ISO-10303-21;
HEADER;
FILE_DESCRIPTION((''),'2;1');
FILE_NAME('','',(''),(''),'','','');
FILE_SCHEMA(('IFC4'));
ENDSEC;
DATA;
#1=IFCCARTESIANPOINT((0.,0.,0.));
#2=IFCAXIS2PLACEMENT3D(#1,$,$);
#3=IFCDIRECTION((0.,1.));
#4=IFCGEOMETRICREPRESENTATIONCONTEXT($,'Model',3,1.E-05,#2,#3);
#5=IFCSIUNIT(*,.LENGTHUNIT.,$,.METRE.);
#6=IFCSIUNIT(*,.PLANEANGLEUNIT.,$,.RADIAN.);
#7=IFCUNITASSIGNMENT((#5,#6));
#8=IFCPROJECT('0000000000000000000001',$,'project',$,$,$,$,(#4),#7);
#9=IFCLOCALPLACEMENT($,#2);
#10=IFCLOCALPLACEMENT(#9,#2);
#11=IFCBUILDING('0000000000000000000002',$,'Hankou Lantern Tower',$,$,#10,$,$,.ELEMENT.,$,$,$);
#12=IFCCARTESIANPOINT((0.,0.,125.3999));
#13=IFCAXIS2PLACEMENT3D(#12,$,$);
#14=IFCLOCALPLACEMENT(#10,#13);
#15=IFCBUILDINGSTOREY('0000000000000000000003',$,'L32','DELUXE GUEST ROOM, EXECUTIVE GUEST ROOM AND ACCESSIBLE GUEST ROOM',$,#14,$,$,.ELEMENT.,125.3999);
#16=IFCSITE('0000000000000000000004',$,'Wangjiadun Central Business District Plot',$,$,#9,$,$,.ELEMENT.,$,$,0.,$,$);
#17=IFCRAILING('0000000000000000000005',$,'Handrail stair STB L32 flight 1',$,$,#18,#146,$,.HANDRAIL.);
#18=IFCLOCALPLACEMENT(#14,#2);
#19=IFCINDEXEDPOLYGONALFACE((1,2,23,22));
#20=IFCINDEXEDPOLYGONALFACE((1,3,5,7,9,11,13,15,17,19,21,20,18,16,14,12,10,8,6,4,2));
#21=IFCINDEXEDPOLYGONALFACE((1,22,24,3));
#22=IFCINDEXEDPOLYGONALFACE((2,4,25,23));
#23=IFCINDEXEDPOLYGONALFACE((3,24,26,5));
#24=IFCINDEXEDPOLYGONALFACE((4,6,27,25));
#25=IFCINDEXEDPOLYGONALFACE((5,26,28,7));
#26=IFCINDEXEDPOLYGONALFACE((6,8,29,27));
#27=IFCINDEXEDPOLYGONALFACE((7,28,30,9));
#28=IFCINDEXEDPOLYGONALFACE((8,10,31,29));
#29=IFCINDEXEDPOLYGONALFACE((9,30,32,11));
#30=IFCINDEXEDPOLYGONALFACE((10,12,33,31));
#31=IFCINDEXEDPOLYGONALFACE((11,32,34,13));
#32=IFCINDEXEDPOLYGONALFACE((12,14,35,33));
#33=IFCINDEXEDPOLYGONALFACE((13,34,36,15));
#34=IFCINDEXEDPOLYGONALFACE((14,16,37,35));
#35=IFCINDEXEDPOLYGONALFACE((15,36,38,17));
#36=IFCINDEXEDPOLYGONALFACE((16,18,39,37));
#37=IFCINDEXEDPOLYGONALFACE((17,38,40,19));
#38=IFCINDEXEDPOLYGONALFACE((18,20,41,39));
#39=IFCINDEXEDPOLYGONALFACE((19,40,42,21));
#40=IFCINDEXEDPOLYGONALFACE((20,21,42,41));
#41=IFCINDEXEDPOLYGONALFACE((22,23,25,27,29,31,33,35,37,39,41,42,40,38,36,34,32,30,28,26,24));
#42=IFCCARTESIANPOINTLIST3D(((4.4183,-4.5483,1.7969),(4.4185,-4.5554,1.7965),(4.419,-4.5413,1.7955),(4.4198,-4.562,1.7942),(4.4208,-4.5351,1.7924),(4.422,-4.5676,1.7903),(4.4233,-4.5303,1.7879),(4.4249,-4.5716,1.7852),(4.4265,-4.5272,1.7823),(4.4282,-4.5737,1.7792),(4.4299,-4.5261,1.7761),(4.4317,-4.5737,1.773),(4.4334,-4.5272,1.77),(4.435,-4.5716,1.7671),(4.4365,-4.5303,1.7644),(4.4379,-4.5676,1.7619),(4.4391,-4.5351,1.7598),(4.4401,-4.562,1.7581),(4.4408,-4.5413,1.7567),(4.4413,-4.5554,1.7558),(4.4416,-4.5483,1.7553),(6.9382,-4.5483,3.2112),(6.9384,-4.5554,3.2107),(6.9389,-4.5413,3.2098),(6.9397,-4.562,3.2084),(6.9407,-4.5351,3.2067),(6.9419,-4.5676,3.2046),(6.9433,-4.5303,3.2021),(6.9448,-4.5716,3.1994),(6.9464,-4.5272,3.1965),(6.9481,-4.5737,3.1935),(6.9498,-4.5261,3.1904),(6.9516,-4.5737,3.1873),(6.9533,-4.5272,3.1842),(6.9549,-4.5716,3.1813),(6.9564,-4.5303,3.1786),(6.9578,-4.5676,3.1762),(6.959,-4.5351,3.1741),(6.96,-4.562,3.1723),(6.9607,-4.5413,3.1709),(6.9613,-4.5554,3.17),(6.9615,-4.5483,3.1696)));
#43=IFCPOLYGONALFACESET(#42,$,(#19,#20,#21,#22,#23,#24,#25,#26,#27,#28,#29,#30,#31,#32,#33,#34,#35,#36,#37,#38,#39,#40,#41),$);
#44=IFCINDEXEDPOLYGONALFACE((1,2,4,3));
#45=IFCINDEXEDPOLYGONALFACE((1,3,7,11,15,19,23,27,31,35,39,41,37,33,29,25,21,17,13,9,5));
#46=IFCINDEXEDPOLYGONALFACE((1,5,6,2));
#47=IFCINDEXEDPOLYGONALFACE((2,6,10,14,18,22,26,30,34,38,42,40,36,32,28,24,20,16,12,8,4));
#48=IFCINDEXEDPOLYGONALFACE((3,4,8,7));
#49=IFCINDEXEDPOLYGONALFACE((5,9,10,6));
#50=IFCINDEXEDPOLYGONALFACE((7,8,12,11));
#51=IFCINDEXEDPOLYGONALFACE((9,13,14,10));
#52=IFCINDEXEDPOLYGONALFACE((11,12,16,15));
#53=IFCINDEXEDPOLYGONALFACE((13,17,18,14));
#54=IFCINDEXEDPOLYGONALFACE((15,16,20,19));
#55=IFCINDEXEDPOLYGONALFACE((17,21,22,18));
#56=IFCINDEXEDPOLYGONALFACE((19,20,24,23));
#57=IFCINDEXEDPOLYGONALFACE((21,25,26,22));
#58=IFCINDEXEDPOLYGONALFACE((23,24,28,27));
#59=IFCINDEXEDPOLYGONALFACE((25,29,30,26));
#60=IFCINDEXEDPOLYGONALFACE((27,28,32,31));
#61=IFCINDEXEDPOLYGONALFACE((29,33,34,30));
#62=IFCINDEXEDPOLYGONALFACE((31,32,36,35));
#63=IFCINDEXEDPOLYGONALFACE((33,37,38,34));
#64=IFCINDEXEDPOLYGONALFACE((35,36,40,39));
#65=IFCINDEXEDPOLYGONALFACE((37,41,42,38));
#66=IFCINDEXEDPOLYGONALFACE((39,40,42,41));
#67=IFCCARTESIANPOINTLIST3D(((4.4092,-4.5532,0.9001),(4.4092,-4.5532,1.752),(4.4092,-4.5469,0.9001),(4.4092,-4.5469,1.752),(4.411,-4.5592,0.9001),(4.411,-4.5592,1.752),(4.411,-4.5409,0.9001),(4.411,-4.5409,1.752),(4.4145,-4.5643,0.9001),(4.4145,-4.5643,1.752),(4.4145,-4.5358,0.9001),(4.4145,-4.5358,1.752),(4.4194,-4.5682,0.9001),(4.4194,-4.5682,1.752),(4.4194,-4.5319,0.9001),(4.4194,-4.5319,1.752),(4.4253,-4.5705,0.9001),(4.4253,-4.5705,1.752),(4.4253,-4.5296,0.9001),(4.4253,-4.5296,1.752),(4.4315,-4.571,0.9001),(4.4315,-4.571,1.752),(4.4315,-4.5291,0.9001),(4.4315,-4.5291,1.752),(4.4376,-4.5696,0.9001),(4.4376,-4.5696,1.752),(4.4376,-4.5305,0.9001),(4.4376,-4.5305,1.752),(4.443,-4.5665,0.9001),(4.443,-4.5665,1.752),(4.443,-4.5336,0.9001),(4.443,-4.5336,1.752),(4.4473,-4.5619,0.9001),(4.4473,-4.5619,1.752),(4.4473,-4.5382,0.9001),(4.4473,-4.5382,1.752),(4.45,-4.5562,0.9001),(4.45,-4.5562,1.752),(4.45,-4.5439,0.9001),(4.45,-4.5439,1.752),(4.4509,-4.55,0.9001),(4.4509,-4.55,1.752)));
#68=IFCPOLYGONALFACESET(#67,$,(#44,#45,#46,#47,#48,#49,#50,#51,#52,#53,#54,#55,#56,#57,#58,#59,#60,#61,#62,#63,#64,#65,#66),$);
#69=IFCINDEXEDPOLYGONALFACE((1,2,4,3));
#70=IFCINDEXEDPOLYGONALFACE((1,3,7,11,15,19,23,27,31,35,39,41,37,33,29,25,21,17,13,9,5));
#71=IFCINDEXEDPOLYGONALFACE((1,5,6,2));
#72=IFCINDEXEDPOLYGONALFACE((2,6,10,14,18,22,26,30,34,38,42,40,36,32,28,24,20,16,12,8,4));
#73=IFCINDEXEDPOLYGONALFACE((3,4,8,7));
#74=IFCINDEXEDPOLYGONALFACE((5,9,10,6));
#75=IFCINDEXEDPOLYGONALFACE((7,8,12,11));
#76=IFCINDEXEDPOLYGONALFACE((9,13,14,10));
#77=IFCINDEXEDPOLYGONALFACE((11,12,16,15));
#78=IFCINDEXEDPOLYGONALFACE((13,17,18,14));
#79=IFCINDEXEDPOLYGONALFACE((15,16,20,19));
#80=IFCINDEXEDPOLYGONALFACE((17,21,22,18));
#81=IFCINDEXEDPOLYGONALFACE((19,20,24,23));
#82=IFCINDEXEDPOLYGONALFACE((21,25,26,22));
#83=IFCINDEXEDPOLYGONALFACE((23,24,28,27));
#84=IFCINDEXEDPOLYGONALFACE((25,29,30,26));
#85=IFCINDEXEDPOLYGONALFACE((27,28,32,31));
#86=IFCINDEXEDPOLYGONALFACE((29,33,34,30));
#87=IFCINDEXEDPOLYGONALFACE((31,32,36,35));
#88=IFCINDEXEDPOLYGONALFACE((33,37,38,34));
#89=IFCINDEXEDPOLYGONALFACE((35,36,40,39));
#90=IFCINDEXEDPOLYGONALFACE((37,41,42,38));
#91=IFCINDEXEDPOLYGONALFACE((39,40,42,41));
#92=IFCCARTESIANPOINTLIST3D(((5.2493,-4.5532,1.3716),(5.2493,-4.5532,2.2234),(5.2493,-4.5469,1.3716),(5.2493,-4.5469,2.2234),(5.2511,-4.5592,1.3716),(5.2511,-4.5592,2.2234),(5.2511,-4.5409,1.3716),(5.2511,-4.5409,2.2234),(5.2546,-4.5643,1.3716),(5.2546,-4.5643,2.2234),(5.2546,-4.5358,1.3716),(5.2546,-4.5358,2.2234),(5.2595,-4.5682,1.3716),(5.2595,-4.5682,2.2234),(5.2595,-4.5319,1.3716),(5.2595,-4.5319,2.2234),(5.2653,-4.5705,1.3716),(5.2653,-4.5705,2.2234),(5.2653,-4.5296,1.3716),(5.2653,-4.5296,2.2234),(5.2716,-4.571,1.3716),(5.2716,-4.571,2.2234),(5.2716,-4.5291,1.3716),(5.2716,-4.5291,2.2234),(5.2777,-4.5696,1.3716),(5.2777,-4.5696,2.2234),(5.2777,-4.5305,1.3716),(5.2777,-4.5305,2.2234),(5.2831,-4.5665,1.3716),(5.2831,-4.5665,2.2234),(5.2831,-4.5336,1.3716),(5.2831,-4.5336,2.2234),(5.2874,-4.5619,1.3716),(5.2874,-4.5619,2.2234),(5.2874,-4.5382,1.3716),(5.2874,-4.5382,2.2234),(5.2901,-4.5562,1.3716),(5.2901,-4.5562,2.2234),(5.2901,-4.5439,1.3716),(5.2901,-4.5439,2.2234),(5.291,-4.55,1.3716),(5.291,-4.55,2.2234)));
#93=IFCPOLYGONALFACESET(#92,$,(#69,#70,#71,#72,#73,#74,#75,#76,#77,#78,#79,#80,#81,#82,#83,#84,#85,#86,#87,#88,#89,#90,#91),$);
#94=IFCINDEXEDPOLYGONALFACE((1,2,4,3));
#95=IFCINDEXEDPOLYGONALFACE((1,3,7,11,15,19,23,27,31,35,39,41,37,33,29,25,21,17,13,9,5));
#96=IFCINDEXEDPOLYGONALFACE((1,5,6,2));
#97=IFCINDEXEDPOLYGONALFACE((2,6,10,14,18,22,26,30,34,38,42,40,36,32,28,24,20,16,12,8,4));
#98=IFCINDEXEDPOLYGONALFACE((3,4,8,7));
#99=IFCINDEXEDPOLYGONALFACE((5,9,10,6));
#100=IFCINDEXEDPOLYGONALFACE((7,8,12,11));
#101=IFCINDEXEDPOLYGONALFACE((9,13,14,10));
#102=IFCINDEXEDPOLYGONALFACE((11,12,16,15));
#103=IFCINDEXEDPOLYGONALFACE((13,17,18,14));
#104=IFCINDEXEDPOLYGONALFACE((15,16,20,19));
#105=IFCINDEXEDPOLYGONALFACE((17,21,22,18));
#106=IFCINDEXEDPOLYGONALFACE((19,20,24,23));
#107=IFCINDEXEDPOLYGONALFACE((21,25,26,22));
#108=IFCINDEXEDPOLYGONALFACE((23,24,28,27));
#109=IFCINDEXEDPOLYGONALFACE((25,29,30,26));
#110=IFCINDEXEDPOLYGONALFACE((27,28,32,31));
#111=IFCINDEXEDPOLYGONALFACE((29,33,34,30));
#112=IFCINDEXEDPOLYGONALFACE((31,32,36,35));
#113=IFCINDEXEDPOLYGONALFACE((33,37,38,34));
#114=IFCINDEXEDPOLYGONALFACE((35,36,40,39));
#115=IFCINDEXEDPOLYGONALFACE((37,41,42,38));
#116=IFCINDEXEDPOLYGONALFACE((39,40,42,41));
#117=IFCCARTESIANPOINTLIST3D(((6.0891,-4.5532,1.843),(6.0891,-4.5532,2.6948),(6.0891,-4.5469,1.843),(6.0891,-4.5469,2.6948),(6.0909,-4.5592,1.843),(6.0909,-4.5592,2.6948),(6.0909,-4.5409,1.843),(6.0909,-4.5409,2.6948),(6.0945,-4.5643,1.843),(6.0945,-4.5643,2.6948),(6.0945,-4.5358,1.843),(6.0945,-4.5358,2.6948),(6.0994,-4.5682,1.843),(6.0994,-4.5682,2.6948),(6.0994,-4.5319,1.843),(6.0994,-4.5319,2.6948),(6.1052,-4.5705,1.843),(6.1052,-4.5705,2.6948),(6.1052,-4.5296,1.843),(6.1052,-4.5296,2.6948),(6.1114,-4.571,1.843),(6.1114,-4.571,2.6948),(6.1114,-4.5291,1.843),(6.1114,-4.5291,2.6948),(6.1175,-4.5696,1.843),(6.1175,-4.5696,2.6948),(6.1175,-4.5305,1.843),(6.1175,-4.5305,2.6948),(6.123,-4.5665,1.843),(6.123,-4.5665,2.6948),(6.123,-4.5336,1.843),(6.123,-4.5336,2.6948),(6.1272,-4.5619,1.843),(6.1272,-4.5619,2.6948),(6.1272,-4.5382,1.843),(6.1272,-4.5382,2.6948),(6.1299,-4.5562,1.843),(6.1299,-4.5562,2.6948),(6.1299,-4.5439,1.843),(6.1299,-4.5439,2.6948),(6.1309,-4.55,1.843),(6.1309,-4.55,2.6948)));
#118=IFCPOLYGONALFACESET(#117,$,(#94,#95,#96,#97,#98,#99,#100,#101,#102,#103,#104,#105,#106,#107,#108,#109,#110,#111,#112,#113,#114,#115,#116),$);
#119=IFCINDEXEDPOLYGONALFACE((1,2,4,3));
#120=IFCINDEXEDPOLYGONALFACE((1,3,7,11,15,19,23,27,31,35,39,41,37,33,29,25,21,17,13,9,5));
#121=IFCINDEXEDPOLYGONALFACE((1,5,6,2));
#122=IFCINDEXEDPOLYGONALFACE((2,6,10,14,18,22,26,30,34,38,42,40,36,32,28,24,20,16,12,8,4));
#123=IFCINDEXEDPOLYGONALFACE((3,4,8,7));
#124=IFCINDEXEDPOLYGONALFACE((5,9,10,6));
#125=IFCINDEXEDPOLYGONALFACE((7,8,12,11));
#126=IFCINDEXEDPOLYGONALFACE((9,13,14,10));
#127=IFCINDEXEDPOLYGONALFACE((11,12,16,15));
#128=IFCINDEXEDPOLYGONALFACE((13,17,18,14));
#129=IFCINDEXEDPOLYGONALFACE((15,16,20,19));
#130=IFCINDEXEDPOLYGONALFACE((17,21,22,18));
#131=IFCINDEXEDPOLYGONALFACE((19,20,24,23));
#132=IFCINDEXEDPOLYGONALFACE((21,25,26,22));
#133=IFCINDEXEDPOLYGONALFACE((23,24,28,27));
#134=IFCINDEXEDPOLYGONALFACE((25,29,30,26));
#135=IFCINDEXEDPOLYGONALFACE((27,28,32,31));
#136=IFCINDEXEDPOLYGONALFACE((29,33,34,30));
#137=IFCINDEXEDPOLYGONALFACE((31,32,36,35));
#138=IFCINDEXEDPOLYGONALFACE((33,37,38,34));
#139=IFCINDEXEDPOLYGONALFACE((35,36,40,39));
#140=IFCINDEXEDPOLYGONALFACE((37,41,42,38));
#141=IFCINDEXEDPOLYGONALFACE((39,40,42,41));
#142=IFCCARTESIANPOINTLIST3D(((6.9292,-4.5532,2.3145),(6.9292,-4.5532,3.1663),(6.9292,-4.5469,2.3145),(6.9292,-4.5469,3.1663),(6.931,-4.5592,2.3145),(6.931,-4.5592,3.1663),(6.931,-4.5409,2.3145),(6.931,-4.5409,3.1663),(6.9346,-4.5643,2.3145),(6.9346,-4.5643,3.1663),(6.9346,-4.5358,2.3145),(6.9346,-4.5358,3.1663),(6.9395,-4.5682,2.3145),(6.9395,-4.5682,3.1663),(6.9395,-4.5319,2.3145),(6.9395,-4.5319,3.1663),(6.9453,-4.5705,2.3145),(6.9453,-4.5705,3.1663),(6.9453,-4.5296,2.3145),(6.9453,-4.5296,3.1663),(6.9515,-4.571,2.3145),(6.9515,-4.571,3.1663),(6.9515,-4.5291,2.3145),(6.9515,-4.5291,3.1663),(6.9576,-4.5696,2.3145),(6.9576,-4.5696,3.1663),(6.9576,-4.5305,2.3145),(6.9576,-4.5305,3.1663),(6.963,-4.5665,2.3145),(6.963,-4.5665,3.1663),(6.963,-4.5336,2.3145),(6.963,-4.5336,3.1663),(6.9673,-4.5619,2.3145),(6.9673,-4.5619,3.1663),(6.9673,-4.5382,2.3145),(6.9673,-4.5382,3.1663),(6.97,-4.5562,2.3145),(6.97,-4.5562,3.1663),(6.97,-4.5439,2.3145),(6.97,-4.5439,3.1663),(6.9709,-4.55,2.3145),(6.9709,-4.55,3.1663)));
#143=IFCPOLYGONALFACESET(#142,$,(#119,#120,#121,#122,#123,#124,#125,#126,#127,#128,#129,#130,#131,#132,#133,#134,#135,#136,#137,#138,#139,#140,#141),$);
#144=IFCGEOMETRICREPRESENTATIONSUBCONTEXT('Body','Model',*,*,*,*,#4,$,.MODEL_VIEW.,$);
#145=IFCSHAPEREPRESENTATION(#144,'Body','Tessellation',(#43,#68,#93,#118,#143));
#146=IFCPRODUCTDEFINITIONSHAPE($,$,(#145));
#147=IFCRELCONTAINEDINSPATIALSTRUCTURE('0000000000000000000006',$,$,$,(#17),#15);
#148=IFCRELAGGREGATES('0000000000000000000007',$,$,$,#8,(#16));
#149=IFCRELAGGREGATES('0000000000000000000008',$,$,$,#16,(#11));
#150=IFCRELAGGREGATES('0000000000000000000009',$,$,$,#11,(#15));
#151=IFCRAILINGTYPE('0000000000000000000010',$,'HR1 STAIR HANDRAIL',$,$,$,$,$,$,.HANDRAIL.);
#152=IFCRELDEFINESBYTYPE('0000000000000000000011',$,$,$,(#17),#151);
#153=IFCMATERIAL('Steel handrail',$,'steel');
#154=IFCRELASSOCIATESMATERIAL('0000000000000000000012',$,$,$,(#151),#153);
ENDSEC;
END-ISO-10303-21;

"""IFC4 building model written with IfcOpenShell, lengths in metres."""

from ifc_helpers import new_model, si_unit, direction, frame, origin, origin_2d, place, context, subcontext, project, spatial, circle, extrude, material, type_object, element, save


model = new_model("IFC4")

# Units and contexts
model_context = context("Model", 3, precision=1e-05, world=origin(), true_north=direction((0.0, 1.0)))
body_context = subcontext(model_context, "Body", "Model", "MODEL_VIEW")
ifc_project = project(units=[si_unit("LENGTHUNIT", "METRE"), si_unit("PLANEANGLEUNIT", "RADIAN")], contexts=[model_context])

# Site, building, storey
site_placement = place(None, origin())
site = spatial("IfcSite", under=ifc_project, at=site_placement, Name="Wangjiadun Central Business District Plot", CompositionType="ELEMENT", RefElevation=0.0)
building_placement = place(site_placement, origin())
building = spatial("IfcBuilding", under=site, at=building_placement, Name="Hankou Lantern Tower", CompositionType="ELEMENT")
storey_placement = place(building_placement, frame((0.0, 0.0, 125.3999)))
storey = spatial("IfcBuildingStorey", under=building, at=storey_placement, Name="L32", Description="DELUXE GUEST ROOM, EXECUTIVE GUEST ROOM AND ACCESSIBLE GUEST ROOM", CompositionType="ELEMENT", Elevation=125.3999)

# Railing
ifc_material_1 = material(Name="Steel handrail", Category="steel")
railing_type = type_object("IfcRailingType", Name="HR1 STAIR HANDRAIL", PredefinedType="HANDRAIL", material=ifc_material_1)
railing_1_placement = place(storey_placement, frame((4.4299, -4.55, 0.9001)))
element("IfcRailing", 1, at=railing_1_placement, inside=storey, type_object=railing_type, Name="Handrail stair STB L32 flight 1", PredefinedType="HANDRAIL", context=body_context, shape_type="SweptSolid", body=[
    extrude(circle(Radius=0.0239, at=origin_2d()), frame((0.0, 0.0, 0.876), z_axis=(0.872049, 0.0, 0.489419), x_axis=(0.0, 1.0, 0.0)), (0.0, 0.0, 1.0), 2.8896),
    extrude(circle(Radius=0.021, at=origin_2d()), origin(), (0.0, 0.0, 1.0), 0.8518),
    extrude(circle(Radius=0.021, at=origin_2d()), frame((0.8401, 0.0, 0.4714)), (0.0, 0.0, 1.0), 0.8518),
    extrude(circle(Radius=0.021, at=origin_2d()), frame((1.6799, 0.0, 0.9429)), (0.0, 0.0, 1.0), 0.8518),
    extrude(circle(Radius=0.021, at=origin_2d()), frame((2.52, 0.0, 1.4143)), (0.0, 0.0, 1.0), 0.8518),
])

save(model, "model.ifc")
